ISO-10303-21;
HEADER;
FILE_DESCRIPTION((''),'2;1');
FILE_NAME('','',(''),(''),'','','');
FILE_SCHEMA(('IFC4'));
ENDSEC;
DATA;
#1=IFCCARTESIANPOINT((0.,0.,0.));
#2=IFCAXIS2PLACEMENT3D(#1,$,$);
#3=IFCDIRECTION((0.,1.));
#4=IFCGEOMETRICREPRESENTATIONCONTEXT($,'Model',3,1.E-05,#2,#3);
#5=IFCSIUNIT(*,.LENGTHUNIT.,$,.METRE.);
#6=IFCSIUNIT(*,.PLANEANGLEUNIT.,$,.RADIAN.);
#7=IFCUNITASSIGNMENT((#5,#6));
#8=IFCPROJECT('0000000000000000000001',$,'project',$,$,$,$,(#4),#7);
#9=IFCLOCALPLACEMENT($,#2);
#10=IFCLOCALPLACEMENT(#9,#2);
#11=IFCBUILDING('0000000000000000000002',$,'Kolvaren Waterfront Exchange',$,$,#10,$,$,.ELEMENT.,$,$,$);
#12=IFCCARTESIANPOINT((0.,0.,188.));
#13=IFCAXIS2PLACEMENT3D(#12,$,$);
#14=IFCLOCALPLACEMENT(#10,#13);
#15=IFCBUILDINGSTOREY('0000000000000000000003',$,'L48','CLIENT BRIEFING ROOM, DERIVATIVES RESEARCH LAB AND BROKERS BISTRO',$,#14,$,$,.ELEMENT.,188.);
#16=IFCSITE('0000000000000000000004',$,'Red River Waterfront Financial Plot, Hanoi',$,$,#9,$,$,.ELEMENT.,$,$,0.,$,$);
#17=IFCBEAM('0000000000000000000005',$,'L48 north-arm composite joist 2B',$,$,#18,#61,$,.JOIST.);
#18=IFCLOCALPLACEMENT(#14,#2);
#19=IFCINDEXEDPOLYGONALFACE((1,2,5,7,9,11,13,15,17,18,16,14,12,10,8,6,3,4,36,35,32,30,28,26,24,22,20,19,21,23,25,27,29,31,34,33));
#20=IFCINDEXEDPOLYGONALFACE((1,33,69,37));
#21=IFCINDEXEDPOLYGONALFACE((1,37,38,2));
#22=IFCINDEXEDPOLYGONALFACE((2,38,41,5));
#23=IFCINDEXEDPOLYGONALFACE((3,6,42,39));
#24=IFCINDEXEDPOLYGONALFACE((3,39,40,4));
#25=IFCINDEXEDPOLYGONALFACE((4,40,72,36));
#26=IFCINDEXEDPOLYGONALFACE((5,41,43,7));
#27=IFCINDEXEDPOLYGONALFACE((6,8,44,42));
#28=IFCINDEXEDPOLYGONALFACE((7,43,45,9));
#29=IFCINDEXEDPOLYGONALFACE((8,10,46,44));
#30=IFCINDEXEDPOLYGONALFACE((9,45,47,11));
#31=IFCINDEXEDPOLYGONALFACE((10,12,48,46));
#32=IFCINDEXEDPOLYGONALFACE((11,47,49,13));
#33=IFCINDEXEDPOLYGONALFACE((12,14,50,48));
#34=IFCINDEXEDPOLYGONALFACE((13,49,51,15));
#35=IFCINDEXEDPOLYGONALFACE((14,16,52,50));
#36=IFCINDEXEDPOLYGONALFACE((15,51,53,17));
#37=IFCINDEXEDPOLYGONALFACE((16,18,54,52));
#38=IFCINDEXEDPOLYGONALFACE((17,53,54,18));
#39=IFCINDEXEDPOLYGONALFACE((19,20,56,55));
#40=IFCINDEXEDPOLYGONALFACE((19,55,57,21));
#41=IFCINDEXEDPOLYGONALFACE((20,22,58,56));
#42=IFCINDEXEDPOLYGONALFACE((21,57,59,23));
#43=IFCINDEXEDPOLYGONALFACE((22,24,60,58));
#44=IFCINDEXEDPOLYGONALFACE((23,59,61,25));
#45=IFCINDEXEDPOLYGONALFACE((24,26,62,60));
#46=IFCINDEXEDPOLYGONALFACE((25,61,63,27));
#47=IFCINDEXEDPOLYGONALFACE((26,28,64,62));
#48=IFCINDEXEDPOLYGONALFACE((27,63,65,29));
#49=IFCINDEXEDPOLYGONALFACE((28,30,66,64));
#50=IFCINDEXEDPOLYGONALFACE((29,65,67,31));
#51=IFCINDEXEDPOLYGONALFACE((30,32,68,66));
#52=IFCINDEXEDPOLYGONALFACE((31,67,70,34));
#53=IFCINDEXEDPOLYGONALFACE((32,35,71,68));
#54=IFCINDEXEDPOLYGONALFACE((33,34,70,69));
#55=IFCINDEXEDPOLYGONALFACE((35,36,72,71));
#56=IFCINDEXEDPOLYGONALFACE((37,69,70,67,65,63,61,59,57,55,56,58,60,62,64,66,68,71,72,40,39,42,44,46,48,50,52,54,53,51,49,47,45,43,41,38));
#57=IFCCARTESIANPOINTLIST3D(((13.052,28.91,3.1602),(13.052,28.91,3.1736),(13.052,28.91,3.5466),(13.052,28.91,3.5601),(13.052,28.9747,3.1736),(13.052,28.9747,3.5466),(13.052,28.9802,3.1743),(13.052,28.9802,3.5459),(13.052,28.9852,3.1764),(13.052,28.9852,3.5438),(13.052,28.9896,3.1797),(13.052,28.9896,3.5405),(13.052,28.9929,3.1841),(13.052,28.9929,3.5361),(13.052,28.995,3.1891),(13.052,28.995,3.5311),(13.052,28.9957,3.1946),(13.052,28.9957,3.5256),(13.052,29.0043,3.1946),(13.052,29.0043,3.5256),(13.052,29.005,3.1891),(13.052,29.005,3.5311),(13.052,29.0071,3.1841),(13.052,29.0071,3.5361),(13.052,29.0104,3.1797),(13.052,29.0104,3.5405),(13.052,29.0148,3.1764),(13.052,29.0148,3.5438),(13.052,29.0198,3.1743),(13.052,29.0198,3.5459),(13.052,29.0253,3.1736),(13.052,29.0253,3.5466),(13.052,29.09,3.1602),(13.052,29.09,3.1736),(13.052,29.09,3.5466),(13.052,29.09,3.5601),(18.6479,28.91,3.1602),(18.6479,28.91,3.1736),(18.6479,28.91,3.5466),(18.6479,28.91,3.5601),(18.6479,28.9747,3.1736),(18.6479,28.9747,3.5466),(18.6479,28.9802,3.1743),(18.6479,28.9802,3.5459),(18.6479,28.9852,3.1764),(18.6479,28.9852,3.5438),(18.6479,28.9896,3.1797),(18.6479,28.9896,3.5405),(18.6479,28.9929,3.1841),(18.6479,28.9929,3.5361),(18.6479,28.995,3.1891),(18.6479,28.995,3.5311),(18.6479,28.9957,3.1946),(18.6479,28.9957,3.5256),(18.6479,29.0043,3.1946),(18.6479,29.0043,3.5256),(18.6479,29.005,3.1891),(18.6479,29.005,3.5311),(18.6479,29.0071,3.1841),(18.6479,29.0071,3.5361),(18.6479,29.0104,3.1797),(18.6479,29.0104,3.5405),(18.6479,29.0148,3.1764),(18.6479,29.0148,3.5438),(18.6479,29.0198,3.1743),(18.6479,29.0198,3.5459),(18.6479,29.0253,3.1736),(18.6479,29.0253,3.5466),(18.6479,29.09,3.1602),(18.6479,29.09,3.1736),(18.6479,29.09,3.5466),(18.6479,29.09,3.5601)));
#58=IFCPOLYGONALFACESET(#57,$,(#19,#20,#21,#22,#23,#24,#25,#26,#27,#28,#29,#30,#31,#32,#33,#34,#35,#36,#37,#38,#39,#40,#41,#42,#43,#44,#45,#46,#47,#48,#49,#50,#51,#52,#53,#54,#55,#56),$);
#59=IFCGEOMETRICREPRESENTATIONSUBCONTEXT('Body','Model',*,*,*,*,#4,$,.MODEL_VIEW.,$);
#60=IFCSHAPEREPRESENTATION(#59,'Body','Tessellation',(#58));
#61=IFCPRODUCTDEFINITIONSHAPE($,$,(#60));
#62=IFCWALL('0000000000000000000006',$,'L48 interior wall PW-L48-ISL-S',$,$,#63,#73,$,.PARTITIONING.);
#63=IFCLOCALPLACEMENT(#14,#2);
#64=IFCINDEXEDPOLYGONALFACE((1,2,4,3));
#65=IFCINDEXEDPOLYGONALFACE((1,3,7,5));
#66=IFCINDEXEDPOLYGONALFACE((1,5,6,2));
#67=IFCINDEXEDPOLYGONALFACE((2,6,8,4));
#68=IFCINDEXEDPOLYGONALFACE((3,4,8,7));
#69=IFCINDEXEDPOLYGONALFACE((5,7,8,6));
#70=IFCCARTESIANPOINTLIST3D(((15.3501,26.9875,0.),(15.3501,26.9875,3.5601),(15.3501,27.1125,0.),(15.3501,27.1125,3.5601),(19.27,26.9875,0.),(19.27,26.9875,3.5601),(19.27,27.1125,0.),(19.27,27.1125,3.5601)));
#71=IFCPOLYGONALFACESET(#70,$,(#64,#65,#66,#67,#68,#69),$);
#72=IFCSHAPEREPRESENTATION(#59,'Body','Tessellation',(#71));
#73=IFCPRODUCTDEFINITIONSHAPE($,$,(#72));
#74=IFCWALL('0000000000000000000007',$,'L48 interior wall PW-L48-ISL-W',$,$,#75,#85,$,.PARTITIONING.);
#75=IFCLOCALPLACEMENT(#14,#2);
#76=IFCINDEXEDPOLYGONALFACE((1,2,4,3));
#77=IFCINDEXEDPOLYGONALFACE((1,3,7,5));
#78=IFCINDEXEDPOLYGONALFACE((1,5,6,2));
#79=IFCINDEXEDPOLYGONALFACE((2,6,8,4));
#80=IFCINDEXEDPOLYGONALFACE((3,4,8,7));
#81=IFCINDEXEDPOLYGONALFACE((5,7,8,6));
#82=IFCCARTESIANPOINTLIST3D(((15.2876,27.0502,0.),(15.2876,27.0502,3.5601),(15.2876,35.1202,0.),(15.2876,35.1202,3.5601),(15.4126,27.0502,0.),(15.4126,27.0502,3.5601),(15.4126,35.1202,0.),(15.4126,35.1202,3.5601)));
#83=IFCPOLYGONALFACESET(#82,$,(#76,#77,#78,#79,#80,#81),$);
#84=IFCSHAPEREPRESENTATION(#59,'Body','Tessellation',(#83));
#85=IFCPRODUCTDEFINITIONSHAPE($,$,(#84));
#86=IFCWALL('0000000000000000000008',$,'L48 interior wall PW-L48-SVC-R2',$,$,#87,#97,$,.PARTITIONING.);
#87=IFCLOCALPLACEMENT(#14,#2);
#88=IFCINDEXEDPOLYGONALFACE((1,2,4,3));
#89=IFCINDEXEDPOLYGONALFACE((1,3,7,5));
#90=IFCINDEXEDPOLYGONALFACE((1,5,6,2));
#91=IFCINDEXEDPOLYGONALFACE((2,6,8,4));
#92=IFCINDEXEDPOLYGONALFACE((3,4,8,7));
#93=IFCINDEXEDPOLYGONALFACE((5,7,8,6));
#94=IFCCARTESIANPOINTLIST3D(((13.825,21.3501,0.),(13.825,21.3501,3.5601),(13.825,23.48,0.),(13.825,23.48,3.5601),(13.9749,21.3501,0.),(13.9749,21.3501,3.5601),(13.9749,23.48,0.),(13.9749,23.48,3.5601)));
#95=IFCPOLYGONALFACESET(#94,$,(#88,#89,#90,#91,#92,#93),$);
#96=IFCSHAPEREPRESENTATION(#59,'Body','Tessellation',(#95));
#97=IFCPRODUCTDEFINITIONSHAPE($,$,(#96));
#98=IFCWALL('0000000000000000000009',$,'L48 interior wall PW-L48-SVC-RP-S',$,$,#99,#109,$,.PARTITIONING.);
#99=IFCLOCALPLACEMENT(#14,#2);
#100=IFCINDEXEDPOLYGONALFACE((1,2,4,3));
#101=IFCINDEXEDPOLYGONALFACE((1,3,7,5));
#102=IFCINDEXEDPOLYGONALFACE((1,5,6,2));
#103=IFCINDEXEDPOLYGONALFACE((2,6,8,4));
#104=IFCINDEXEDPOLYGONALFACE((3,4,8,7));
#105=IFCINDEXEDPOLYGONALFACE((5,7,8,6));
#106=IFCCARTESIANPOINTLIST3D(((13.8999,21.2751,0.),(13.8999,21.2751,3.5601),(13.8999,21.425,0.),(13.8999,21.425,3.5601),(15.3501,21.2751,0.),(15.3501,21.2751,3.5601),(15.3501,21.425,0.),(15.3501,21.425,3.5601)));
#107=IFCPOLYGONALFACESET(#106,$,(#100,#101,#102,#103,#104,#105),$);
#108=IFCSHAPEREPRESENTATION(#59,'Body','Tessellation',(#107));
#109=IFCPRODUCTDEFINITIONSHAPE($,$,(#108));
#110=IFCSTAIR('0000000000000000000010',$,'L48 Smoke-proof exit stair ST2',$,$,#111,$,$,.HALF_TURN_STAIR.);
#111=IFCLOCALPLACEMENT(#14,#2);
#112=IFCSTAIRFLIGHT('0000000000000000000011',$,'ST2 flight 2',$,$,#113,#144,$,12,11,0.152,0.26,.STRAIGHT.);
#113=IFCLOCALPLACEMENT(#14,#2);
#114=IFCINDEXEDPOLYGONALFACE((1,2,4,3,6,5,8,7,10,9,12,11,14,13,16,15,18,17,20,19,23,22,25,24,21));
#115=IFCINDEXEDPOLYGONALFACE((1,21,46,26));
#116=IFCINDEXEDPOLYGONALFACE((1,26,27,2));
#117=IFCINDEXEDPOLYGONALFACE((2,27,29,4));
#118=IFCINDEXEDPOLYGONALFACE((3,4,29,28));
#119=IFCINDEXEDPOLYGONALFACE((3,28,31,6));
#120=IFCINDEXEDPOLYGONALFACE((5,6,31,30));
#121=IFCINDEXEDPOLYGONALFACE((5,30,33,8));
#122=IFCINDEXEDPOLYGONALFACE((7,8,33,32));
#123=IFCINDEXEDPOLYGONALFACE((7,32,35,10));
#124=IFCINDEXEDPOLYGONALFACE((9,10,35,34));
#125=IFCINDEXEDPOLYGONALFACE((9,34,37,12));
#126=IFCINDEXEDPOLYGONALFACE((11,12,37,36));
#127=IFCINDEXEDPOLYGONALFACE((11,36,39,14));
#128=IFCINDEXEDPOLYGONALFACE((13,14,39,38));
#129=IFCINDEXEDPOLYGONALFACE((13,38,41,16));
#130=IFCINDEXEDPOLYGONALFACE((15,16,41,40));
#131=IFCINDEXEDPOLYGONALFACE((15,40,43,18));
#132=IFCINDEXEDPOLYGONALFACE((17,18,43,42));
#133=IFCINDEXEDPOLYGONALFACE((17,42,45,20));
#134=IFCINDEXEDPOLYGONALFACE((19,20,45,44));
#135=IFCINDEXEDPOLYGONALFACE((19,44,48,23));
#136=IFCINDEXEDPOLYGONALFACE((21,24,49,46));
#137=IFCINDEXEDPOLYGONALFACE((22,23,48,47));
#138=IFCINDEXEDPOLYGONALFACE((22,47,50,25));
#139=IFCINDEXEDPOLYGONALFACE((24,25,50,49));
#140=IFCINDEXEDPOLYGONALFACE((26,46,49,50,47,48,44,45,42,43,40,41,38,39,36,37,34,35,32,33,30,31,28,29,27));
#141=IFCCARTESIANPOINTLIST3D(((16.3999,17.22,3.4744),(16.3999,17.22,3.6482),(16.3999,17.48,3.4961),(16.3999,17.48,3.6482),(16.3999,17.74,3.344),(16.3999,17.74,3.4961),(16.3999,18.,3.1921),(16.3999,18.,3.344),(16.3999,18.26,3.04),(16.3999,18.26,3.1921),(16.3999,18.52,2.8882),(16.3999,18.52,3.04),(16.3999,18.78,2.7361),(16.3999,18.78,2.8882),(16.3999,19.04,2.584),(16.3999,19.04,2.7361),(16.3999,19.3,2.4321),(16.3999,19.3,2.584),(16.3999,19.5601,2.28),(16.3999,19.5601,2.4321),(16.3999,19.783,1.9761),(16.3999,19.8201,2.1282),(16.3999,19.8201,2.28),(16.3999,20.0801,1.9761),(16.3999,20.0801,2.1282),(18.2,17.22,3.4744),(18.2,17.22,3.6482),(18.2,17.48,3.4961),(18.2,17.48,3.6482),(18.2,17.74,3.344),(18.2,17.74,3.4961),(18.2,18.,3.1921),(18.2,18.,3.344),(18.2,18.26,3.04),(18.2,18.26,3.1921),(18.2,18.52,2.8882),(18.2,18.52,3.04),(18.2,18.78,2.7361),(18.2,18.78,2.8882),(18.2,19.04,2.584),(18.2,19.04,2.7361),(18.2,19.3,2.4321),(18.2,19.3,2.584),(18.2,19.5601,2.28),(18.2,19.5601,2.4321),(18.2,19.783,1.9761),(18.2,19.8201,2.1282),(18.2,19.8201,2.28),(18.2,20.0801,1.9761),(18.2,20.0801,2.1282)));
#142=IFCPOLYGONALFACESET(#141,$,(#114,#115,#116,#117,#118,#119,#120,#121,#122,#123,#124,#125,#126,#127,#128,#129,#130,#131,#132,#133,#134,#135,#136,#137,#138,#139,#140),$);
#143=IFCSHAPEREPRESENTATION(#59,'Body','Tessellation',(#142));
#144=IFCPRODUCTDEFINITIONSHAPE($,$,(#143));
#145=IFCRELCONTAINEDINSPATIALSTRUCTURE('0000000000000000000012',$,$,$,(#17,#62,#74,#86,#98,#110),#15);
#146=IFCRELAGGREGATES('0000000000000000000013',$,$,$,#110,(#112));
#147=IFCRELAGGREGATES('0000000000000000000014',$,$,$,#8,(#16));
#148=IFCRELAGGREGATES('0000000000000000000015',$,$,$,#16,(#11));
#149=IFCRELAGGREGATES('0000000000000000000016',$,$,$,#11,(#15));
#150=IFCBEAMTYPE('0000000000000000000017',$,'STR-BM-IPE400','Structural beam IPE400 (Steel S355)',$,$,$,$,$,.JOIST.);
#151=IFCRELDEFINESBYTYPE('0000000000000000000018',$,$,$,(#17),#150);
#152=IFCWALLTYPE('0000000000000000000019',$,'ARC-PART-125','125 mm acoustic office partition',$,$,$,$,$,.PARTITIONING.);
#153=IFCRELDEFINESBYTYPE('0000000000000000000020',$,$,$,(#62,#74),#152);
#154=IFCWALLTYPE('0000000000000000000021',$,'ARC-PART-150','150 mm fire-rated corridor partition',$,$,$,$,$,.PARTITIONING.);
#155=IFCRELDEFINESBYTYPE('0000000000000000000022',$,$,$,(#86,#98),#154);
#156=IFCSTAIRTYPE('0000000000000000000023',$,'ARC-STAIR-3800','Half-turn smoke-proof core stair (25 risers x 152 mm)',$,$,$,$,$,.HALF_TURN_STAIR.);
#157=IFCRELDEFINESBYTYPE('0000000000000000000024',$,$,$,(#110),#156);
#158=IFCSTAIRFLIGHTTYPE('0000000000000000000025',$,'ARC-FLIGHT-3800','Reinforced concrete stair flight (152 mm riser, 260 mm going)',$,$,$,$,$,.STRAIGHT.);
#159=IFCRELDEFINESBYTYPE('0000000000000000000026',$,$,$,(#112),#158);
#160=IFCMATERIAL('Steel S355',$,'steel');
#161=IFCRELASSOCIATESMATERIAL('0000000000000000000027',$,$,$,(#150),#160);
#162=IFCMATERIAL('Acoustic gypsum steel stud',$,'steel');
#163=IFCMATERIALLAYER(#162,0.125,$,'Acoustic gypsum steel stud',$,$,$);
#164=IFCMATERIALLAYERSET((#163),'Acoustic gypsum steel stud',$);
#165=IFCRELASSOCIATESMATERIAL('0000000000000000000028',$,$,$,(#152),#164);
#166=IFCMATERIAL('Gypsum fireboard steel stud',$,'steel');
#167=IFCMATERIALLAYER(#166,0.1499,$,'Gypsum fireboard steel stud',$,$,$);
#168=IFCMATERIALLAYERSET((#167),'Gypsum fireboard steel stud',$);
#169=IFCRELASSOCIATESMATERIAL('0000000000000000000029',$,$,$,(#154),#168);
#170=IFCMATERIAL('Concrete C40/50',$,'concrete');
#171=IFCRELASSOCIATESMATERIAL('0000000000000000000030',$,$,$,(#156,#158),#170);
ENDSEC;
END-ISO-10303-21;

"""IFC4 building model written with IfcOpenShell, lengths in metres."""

from ifc_helpers import new_model, si_unit, direction, frame, frame_2d, origin, origin_2d, place, context, subcontext, project, spatial, polyline, rectangle, i_section, outline, extrude, material, layer, layer_set, material_profile, profile_set, type_object, element, aggregate, save


model = new_model("IFC4")

# Units and contexts
model_context = context("Model", 3, precision=1e-05, world=origin(), true_north=direction((0.0, 1.0)))
body_context = subcontext(model_context, "Body", "Model", "MODEL_VIEW")
ifc_project = project(units=[si_unit("LENGTHUNIT", "METRE"), si_unit("PLANEANGLEUNIT", "RADIAN")], contexts=[model_context])

# Site, building, storey
site_placement = place(None, origin())
site = spatial("IfcSite", under=ifc_project, at=site_placement, Name="Red River Waterfront Financial Plot, Hanoi", CompositionType="ELEMENT", RefElevation=0.0)
building_placement = place(site_placement, origin())
building = spatial("IfcBuilding", under=site, at=building_placement, Name="Kolvaren Waterfront Exchange", CompositionType="ELEMENT")
storey_placement = place(building_placement, frame((0.0, 0.0, 188.0)))
storey = spatial("IfcBuildingStorey", under=building, at=storey_placement, Name="L48", Description="CLIENT BRIEFING ROOM, DERIVATIVES RESEARCH LAB AND BROKERS BISTRO", CompositionType="ELEMENT", Elevation=188.0)

# Beam
ifc_material_1 = material(Name="Steel S355", Category="steel")
ifc_material_profile_1 = material_profile(ifc_material_1, i_section(OverallWidth=0.1799, OverallDepth=0.3999, WebThickness=0.0085, FlangeThickness=0.0134, FilletRadius=0.021, at=origin_2d()), Name="IPE400")
ifc_profile_set_1 = profile_set([ifc_material_profile_1], Name="Steel S355")
beam_type_1 = type_object("IfcBeamType", Name="STR-BM-IPE400", Description="Structural beam IPE400 (Steel S355)", PredefinedType="JOIST", material=ifc_profile_set_1)
for number, where, z_axis, x_axis, name in (
    (1, (13.052, 29.0, 3.3601), (1.0, 0.0, 0.0), (0.0, 1.0, 0.0), "L48 north-arm composite joist 2B"),
):
    element("IfcBeam", number, at=place(storey_placement, frame(where, z_axis=z_axis, x_axis=x_axis)), inside=storey, type_object=beam_type_1, Name=name, PredefinedType="JOIST", context=body_context, shape_type="SweptSolid", body=[
        extrude(i_section(OverallWidth=0.1799, OverallDepth=0.3999, WebThickness=0.0085, FlangeThickness=0.0134, FilletRadius=0.021, at=origin_2d()), origin(), (0.0, 0.0, 1.0), 5.5959),
    ])

# Walls
ifc_material_2 = material(Name="Acoustic gypsum steel stud", Category="steel")
ifc_layer_1 = layer(ifc_material_2, 0.125, Name="Acoustic gypsum steel stud")
ifc_layer_set_1 = layer_set([ifc_layer_1], Name="Acoustic gypsum steel stud")
wall_type_1 = type_object("IfcWallType", Name="ARC-PART-125", Description="125 mm acoustic office partition", PredefinedType="PARTITIONING", material=ifc_layer_set_1)
wall_1_placement = place(storey_placement, frame((15.3501, 27.05, 0.0), z_axis=(0.0, 0.0, 1.0), x_axis=(1.0, 0.0, 0.0)))
element("IfcWall", 2, at=wall_1_placement, inside=storey, type_object=wall_type_1, Name="L48 interior wall PW-L48-ISL-S", PredefinedType="PARTITIONING", context=body_context, shape_type="SweptSolid", body=[
    extrude(rectangle(XDim=3.9199, YDim=0.125, at=frame_2d((1.96, 0.0))), origin(), (0.0, 0.0, 1.0), 3.5601),
])
wall_2_placement = place(storey_placement, frame((15.3501, 27.05, 0.0), z_axis=(0.0, 0.0, 1.0), x_axis=(0.0, 1.0, 0.0)))
element("IfcWall", 3, at=wall_2_placement, inside=storey, type_object=wall_type_1, Name="L48 interior wall PW-L48-ISL-W", PredefinedType="PARTITIONING", context=body_context, shape_type="SweptSolid", body=[
    extrude(rectangle(XDim=8.0701, YDim=0.125, at=frame_2d((4.0352, 0.0))), origin(), (0.0, 0.0, 1.0), 3.5601),
])
ifc_material_3 = material(Name="Gypsum fireboard steel stud", Category="steel")
ifc_layer_2 = layer(ifc_material_3, 0.1499, Name="Gypsum fireboard steel stud")
ifc_layer_set_2 = layer_set([ifc_layer_2], Name="Gypsum fireboard steel stud")
wall_type_2 = type_object("IfcWallType", Name="ARC-PART-150", Description="150 mm fire-rated corridor partition", PredefinedType="PARTITIONING", material=ifc_layer_set_2)
wall_3_placement = place(storey_placement, frame((13.8999, 21.3501, 0.0), z_axis=(0.0, 0.0, 1.0), x_axis=(0.0, 1.0, 0.0)))
element("IfcWall", 4, at=wall_3_placement, inside=storey, type_object=wall_type_2, Name="L48 interior wall PW-L48-SVC-R2", PredefinedType="PARTITIONING", context=body_context, shape_type="SweptSolid", body=[
    extrude(rectangle(XDim=2.1299, YDim=0.1499, at=frame_2d((1.0649, 0.0))), origin(), (0.0, 0.0, 1.0), 3.5601),
])
wall_4_placement = place(storey_placement, frame((13.8999, 21.3501, 0.0), z_axis=(0.0, 0.0, 1.0), x_axis=(1.0, 0.0, 0.0)))
element("IfcWall", 5, at=wall_4_placement, inside=storey, type_object=wall_type_2, Name="L48 interior wall PW-L48-SVC-RP-S", PredefinedType="PARTITIONING", context=body_context, shape_type="SweptSolid", body=[
    extrude(rectangle(XDim=1.4502, YDim=0.1499, at=frame_2d((0.7251, 0.0))), origin(), (0.0, 0.0, 1.0), 3.5601),
])

# Stair, stair flight
ifc_material_4 = material(Name="Concrete C40/50", Category="concrete")
stair_type = type_object("IfcStairType", Name="ARC-STAIR-3800", Description="Half-turn smoke-proof core stair (25 risers x 152 mm)", PredefinedType="HALF_TURN_STAIR", material=ifc_material_4)
stair_placement = place(storey_placement, origin())
stair = element("IfcStair", 6, at=stair_placement, inside=storey, type_object=stair_type, Name="L48 Smoke-proof exit stair ST2", PredefinedType="HALF_TURN_STAIR")
stair_flight_type = type_object("IfcStairFlightType", Name="ARC-FLIGHT-3800", Description="Reinforced concrete stair flight (152 mm riser, 260 mm going)", PredefinedType="STRAIGHT", material=ifc_material_4)
stair_flight_placement = place(storey_placement, frame((17.3, 20.0801, 1.9761), z_axis=(0.0, 0.0, 1.0), x_axis=(0.0, -1.0, 0.0)))
stair_flight = element("IfcStairFlight", 7, at=stair_flight_placement, type_object=stair_flight_type, Name="ST2 flight 2", NumberOfRisers=12, NumberOfTreads=11, PredefinedType="STRAIGHT", RiserHeight=0.152, TreadLength=0.26, context=body_context, shape_type="SweptSolid", body=[
    extrude(outline(polyline([(0.0, 0.0), (0.0, 0.1521), (0.26, 0.1521), (0.26, 0.304), (0.52, 0.304), (0.52, 0.4561), (0.78, 0.4561), (0.78, 0.6079), (1.04, 0.6079), (1.04, 0.76), (1.3, 0.76), (1.3, 0.9121), (1.5601, 0.9121), (1.5601, 1.064), (1.8201, 1.064), (1.8201, 1.2161), (2.0801, 1.2161), (2.0801, 1.3679), (2.3401, 1.3679), (2.3401, 1.52), (2.6001, 1.52), (2.6001, 1.6721), (2.8601, 1.6721), (2.8601, 1.824), (2.8601, 1.4983), (0.2971, 0.0), (0.0, 0.0)])), frame((0.0, 0.8999, 0.0), z_axis=(0.0, -1.0, 0.0), x_axis=(1.0, 0.0, 0.0)), (0.0, 0.0, 1.0), 1.8),
])
aggregate(stair, [stair_flight])

save(model, "model.ifc")
